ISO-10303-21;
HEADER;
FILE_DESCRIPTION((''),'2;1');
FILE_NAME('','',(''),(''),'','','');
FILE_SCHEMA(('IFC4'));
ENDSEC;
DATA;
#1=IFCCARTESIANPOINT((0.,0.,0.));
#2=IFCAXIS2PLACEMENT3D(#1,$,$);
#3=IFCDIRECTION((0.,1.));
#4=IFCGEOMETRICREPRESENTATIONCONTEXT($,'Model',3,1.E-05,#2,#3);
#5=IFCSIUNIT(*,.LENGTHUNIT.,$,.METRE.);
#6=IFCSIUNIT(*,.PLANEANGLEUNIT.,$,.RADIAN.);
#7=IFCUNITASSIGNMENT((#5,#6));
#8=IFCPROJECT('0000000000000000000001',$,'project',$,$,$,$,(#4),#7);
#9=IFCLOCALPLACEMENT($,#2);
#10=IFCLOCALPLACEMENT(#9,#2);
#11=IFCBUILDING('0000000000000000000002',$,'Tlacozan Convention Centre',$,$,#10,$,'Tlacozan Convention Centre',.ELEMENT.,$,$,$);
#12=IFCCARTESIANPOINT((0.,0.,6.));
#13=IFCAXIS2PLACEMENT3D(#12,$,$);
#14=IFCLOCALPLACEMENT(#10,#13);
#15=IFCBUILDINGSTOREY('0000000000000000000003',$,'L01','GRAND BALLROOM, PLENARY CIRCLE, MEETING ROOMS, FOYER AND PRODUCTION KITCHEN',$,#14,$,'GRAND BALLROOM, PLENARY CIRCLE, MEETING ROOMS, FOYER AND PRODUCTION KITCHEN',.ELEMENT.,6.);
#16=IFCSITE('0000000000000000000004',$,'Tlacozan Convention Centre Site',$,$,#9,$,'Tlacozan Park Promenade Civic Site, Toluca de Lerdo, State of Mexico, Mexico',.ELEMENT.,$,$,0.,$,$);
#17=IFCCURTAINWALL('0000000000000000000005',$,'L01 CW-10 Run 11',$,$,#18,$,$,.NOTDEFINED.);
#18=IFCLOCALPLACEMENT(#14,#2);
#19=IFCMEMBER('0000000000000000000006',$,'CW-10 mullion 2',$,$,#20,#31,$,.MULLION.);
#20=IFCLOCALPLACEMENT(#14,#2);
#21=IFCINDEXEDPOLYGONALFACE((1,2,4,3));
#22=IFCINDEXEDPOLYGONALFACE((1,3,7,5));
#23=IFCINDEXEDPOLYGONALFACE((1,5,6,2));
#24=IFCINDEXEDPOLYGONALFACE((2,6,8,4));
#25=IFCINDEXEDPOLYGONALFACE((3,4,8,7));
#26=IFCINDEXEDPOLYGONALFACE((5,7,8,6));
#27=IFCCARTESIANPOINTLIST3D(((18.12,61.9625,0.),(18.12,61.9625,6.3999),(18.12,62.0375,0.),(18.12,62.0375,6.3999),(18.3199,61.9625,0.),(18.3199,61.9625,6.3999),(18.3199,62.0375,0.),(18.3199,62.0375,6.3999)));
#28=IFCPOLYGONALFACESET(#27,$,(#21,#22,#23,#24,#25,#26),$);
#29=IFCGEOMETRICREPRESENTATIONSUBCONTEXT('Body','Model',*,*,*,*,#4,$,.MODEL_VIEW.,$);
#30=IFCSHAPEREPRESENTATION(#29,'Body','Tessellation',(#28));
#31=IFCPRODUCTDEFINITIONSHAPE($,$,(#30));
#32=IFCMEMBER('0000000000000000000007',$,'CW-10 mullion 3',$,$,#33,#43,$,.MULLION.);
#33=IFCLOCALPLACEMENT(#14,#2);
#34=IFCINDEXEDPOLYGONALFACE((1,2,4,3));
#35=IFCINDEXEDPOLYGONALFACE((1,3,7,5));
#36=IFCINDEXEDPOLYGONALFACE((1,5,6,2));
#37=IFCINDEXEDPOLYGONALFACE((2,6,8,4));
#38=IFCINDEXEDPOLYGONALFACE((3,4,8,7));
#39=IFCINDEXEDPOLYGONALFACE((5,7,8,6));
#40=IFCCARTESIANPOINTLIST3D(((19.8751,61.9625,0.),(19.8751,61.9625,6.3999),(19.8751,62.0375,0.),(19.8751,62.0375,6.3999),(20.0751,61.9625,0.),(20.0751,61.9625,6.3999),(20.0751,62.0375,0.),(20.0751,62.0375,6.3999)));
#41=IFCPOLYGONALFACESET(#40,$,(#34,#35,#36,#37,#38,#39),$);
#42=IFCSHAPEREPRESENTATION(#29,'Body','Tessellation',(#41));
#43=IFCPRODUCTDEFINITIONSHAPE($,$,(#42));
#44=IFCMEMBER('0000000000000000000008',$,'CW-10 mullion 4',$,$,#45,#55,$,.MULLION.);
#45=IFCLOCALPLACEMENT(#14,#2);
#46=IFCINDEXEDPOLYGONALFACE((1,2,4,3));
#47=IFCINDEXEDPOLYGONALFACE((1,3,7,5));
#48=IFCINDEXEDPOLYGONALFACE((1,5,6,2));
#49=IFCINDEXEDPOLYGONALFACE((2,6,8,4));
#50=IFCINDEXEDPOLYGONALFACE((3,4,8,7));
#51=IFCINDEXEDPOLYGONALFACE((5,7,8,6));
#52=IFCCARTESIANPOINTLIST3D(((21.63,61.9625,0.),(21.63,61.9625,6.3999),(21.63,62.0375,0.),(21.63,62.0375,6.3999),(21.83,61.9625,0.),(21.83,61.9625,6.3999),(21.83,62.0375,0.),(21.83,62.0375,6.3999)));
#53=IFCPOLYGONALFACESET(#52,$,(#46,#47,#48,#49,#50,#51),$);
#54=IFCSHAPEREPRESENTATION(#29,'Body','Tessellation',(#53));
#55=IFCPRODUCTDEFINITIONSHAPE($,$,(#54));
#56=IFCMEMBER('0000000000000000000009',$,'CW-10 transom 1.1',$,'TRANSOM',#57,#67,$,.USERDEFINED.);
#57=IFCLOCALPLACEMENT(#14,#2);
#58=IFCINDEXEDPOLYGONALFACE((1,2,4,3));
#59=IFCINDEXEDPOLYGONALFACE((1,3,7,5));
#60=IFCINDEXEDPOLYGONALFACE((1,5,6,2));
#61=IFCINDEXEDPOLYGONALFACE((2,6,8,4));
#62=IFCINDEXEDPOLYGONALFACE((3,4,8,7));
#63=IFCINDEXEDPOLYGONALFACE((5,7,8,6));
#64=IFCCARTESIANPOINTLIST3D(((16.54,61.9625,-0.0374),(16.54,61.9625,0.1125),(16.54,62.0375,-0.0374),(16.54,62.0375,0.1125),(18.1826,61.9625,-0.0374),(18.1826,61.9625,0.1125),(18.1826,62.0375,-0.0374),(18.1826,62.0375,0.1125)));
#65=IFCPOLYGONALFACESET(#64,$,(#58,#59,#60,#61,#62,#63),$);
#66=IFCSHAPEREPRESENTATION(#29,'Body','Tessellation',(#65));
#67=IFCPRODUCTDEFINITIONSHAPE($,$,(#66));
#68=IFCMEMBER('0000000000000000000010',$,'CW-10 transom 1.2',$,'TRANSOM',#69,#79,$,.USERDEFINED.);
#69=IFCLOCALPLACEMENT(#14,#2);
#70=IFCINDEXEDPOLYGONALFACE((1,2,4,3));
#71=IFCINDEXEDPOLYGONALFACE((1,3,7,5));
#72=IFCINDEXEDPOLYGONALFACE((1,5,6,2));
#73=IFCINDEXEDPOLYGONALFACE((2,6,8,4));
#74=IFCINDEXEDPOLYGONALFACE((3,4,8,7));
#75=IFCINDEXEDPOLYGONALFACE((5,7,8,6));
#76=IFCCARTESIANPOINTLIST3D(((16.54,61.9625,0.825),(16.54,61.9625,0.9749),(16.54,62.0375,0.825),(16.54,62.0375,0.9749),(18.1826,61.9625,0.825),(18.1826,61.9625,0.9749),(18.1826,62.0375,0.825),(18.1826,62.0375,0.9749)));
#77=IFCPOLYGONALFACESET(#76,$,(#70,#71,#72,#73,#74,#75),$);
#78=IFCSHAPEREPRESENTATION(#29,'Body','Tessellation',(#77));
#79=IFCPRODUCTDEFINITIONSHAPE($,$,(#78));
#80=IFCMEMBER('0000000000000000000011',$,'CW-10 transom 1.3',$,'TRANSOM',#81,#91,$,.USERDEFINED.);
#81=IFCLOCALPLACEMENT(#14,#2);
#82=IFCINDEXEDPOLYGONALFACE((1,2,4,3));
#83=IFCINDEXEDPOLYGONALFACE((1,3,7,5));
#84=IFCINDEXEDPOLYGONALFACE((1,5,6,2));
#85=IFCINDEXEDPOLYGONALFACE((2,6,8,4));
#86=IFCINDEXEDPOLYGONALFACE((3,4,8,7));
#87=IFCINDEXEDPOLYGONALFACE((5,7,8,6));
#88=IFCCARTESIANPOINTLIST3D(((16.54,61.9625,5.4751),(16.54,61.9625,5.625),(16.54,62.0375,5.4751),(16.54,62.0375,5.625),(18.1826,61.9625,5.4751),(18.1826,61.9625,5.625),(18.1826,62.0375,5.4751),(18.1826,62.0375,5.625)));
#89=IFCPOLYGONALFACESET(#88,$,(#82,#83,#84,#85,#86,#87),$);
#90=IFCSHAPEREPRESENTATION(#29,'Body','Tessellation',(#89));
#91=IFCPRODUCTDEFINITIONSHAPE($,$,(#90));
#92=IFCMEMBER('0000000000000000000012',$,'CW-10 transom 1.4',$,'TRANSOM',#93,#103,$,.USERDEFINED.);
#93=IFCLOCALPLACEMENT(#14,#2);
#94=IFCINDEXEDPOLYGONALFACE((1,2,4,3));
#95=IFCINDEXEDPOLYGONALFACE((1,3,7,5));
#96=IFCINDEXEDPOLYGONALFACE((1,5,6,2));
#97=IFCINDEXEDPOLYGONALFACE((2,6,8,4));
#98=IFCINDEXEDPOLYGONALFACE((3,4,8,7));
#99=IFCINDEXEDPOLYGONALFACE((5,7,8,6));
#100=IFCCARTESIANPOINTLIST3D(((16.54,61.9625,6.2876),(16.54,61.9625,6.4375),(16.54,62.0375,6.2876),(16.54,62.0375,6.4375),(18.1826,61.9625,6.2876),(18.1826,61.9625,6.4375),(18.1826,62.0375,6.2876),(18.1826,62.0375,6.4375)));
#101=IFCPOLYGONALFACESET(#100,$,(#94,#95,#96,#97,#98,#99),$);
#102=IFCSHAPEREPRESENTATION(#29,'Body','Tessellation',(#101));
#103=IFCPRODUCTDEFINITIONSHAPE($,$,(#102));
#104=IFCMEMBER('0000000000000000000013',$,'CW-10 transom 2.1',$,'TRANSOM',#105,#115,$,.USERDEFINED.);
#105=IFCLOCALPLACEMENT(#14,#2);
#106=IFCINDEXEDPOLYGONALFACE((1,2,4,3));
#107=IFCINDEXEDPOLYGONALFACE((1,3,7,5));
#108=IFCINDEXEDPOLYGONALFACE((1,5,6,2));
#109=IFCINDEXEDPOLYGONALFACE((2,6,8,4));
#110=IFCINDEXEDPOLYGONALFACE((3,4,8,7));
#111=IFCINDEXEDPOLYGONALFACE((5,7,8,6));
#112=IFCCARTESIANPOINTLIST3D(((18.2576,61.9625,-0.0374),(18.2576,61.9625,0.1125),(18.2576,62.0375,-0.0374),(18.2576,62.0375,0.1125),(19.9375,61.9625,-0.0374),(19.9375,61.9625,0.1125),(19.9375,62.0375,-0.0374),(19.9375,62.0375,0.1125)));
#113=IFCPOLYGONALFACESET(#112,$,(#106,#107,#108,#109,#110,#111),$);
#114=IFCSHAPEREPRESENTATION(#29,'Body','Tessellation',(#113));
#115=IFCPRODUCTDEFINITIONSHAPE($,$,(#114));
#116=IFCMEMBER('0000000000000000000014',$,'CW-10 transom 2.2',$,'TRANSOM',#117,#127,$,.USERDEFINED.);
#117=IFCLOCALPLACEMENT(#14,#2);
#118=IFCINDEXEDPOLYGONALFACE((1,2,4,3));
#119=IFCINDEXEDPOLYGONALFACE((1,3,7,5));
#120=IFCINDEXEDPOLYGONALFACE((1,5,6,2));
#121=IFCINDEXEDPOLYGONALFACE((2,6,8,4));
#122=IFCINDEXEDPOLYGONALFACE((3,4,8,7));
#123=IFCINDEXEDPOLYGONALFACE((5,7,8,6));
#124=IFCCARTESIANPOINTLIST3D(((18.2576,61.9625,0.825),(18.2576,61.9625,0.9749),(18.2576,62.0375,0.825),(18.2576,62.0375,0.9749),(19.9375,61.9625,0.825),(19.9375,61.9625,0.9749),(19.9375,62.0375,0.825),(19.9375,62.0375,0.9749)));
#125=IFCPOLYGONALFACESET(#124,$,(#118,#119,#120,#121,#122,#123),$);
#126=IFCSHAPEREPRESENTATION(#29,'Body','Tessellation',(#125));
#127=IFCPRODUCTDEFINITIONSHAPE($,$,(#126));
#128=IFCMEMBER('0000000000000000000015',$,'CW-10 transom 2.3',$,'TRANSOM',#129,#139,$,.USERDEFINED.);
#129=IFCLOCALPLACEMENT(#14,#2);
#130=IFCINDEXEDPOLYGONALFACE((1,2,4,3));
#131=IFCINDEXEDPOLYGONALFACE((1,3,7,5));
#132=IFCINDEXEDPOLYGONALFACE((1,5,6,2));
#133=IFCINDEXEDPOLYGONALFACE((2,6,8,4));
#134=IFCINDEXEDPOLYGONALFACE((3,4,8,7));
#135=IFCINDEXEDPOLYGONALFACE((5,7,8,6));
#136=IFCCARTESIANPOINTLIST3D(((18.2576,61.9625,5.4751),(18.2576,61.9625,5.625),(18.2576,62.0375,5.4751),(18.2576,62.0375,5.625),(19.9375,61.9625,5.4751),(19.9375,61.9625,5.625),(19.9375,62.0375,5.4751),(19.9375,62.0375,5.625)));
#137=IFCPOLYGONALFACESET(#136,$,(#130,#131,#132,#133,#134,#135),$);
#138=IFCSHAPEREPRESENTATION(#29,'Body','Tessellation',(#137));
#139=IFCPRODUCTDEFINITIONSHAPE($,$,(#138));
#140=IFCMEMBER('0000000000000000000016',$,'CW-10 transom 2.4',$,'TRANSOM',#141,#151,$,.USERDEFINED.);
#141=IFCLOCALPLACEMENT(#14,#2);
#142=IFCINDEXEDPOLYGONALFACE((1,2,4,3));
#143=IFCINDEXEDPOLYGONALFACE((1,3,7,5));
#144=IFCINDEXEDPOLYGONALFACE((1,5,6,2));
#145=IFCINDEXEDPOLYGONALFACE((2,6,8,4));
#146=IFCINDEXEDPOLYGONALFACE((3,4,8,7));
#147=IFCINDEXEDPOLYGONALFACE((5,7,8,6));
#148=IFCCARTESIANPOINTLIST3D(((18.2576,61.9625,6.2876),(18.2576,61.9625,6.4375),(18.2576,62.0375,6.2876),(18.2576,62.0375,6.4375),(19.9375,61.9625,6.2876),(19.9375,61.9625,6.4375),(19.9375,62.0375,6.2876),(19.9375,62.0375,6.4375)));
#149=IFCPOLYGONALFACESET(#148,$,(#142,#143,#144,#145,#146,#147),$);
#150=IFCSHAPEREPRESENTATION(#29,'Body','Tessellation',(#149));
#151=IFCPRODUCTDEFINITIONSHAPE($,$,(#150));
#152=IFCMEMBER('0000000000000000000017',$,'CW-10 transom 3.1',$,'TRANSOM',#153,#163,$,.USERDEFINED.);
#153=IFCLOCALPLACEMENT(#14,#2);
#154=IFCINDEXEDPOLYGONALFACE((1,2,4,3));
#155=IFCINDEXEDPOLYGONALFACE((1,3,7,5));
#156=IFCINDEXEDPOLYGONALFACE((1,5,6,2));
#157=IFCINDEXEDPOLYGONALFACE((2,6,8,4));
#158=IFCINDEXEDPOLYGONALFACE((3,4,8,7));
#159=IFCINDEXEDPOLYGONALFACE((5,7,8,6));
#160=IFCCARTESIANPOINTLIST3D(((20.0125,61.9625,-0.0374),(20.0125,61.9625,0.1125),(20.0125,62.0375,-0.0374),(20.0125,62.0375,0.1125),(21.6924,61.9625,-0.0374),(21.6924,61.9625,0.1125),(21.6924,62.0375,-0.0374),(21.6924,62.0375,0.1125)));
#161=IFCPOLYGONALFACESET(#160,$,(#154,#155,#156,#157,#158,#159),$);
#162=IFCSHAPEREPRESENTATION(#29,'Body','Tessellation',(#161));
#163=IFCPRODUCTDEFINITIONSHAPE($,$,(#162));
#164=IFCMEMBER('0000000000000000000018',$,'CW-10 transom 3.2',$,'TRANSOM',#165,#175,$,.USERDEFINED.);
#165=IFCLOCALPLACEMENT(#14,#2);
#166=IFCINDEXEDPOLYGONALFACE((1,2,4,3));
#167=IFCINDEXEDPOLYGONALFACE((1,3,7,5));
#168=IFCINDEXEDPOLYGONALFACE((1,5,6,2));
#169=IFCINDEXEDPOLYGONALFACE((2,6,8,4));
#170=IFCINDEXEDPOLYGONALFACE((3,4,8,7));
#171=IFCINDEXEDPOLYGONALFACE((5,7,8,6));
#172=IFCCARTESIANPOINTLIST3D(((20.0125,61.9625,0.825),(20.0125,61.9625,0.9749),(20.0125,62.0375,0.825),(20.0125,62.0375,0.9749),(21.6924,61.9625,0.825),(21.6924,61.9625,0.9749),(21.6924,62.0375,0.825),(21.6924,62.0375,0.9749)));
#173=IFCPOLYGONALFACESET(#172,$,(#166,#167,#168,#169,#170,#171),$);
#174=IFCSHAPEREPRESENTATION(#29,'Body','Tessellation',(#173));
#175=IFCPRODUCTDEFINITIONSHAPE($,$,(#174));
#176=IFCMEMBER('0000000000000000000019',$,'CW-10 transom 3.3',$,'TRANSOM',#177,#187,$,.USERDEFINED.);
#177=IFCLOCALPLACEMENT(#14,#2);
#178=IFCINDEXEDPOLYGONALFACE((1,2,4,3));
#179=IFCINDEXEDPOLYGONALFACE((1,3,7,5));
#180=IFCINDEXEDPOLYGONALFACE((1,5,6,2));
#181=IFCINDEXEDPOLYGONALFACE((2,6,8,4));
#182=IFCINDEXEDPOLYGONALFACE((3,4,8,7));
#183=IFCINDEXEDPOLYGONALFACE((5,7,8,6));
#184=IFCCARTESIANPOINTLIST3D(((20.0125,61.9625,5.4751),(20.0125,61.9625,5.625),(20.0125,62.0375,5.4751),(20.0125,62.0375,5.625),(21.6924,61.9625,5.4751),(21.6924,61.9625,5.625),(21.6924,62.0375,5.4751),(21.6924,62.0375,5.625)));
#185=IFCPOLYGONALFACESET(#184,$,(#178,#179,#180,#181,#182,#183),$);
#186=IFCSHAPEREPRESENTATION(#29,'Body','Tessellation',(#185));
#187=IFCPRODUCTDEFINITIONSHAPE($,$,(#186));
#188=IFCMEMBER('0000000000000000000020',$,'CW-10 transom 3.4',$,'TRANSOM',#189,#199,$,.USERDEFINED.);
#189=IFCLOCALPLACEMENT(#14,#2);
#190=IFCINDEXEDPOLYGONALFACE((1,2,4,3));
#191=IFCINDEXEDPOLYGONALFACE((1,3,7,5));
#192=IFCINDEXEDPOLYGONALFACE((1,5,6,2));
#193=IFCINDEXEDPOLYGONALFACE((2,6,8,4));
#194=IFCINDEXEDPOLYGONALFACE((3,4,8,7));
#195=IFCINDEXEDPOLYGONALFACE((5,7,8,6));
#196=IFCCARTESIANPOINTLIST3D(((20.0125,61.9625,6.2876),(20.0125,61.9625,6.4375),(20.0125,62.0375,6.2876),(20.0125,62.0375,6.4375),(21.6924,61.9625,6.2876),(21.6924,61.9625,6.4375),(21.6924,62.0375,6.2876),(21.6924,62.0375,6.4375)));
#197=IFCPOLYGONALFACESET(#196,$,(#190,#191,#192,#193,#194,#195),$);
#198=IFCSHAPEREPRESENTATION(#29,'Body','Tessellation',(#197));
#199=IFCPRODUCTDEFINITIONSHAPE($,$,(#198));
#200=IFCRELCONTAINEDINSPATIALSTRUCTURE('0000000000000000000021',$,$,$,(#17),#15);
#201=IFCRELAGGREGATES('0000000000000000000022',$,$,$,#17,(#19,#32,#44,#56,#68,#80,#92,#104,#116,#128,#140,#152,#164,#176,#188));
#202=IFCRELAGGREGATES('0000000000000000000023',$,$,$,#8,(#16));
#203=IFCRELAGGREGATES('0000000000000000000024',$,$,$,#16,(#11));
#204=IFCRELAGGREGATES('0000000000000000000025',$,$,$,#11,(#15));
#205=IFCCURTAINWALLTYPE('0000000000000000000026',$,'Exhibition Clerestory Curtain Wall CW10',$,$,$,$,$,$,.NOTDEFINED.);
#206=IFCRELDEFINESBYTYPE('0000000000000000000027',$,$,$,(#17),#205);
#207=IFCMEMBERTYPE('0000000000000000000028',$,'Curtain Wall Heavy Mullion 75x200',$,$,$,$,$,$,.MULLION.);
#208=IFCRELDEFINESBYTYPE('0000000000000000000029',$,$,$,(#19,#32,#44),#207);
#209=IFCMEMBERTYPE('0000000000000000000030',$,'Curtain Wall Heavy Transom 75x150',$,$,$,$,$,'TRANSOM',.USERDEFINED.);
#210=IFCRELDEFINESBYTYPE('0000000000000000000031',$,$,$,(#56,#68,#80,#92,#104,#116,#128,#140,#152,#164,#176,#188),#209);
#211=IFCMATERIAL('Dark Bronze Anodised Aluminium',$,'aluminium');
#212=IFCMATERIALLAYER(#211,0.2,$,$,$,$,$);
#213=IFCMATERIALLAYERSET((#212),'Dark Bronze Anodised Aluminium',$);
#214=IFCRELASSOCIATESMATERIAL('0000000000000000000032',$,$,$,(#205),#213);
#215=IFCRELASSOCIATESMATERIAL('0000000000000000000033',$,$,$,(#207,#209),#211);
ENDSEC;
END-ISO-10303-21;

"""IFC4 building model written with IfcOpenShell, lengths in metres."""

from ifc_helpers import new_model, si_unit, direction, frame, origin, origin_2d, place, context, subcontext, project, spatial, rectangle, extrude, material, layer, layer_set, material_profile, profile_set, type_object, element, aggregate, save


model = new_model("IFC4")

# Units and contexts
model_context = context("Model", 3, precision=1e-05, world=origin(), true_north=direction((0.0, 1.0)))
body_context = subcontext(model_context, "Body", "Model", "MODEL_VIEW")
ifc_project = project(units=[si_unit("LENGTHUNIT", "METRE"), si_unit("PLANEANGLEUNIT", "RADIAN")], contexts=[model_context])

# Site, building, storey
site_placement = place(None, origin())
site = spatial("IfcSite", under=ifc_project, at=site_placement, Name="Tlacozan Convention Centre Site", LongName="Tlacozan Park Promenade Civic Site, Toluca de Lerdo, State of Mexico, Mexico", CompositionType="ELEMENT", RefElevation=0.0)
building_placement = place(site_placement, origin())
building = spatial("IfcBuilding", under=site, at=building_placement, Name="Tlacozan Convention Centre", LongName="Tlacozan Convention Centre", CompositionType="ELEMENT")
storey_placement = place(building_placement, frame((0.0, 0.0, 6.0)))
storey = spatial("IfcBuildingStorey", under=building, at=storey_placement, Name="L01", Description="GRAND BALLROOM, PLENARY CIRCLE, MEETING ROOMS, FOYER AND PRODUCTION KITCHEN", LongName="GRAND BALLROOM, PLENARY CIRCLE, MEETING ROOMS, FOYER AND PRODUCTION KITCHEN", CompositionType="ELEMENT", Elevation=6.0)

# Curtain wall, members
ifc_material_1 = material(Name="Dark Bronze Anodised Aluminium", Category="aluminium")
ifc_layer_1 = layer(ifc_material_1, 0.2)
ifc_layer_set_1 = layer_set([ifc_layer_1], Name="Dark Bronze Anodised Aluminium")
curtain_wall_type = type_object("IfcCurtainWallType", Name="Exhibition Clerestory Curtain Wall CW10", PredefinedType="NOTDEFINED", material=ifc_layer_set_1)
curtain_wall_placement = place(storey_placement, origin())
curtain_wall = element("IfcCurtainWall", 1, at=curtain_wall_placement, inside=storey, type_object=curtain_wall_type, Name="L01 CW-10 Run 11", PredefinedType="NOTDEFINED")
ifc_material_profile_1 = material_profile(ifc_material_1, rectangle(XDim=0.075, YDim=0.2, at=origin_2d()), Name="ALU 75x200")
ifc_profile_set_1 = profile_set([ifc_material_profile_1], Name="Dark Bronze Anodised Aluminium")
member_type_1 = type_object("IfcMemberType", Name="Curtain Wall Heavy Mullion 75x200", PredefinedType="MULLION", material=ifc_profile_set_1)
member_1_placement = place(storey_placement, frame((18.22, 62.0, 0.0), z_axis=(0.0, 0.0, 1.0), x_axis=(0.0, 1.0, 0.0)))
member_1 = element("IfcMember", 2, at=member_1_placement, type_object=member_type_1, Name="CW-10 mullion 2", PredefinedType="MULLION", context=body_context, shape_type="SweptSolid", body=[
    extrude(rectangle(XDim=0.075, YDim=0.2, at=origin_2d()), origin(), (0.0, 0.0, 1.0), 6.3999),
])
member_2_placement = place(storey_placement, frame((19.9751, 62.0, 0.0), z_axis=(0.0, 0.0, 1.0), x_axis=(0.0, 1.0, 0.0)))
member_2 = element("IfcMember", 3, at=member_2_placement, type_object=member_type_1, Name="CW-10 mullion 3", PredefinedType="MULLION", context=body_context, shape_type="SweptSolid", body=[
    extrude(rectangle(XDim=0.075, YDim=0.2, at=origin_2d()), origin(), (0.0, 0.0, 1.0), 6.3999),
])
member_3_placement = place(storey_placement, frame((21.73, 62.0, 0.0), z_axis=(0.0, 0.0, 1.0), x_axis=(0.0, 1.0, 0.0)))
member_3 = element("IfcMember", 4, at=member_3_placement, type_object=member_type_1, Name="CW-10 mullion 4", PredefinedType="MULLION", context=body_context, shape_type="SweptSolid", body=[
    extrude(rectangle(XDim=0.075, YDim=0.2, at=origin_2d()), origin(), (0.0, 0.0, 1.0), 6.3999),
])
ifc_material_profile_2 = material_profile(ifc_material_1, rectangle(XDim=0.075, YDim=0.1499, at=origin_2d()), Name="ALU 75x150")
ifc_profile_set_2 = profile_set([ifc_material_profile_2], Name="Dark Bronze Anodised Aluminium")
member_type_2 = type_object("IfcMemberType", Name="Curtain Wall Heavy Transom 75x150", ElementType="TRANSOM", PredefinedType="USERDEFINED", material=ifc_profile_set_2)
member_4_placement = place(storey_placement, frame((16.54, 62.0, 0.0376), z_axis=(1.0, 0.0, 0.0), x_axis=(0.0, 1.0, 0.0)))
member_4 = element("IfcMember", 5, at=member_4_placement, type_object=member_type_2, Name="CW-10 transom 1.1", ObjectType="TRANSOM", PredefinedType="USERDEFINED", context=body_context, shape_type="SweptSolid", body=[
    extrude(rectangle(XDim=0.075, YDim=0.1499, at=origin_2d()), origin(), (0.0, 0.0, 1.0), 1.6426),
])
member_5_placement = place(storey_placement, frame((16.54, 62.0, 0.8999), z_axis=(1.0, 0.0, 0.0), x_axis=(0.0, 1.0, 0.0)))
member_5 = element("IfcMember", 6, at=member_5_placement, type_object=member_type_2, Name="CW-10 transom 1.2", ObjectType="TRANSOM", PredefinedType="USERDEFINED", context=body_context, shape_type="SweptSolid", body=[
    extrude(rectangle(XDim=0.075, YDim=0.1499, at=origin_2d()), origin(), (0.0, 0.0, 1.0), 1.6426),
])
member_6_placement = place(storey_placement, frame((16.54, 62.0, 5.55), z_axis=(1.0, 0.0, 0.0), x_axis=(0.0, 1.0, 0.0)))
member_6 = element("IfcMember", 7, at=member_6_placement, type_object=member_type_2, Name="CW-10 transom 1.3", ObjectType="TRANSOM", PredefinedType="USERDEFINED", context=body_context, shape_type="SweptSolid", body=[
    extrude(rectangle(XDim=0.075, YDim=0.1499, at=origin_2d()), origin(), (0.0, 0.0, 1.0), 1.6426),
])
member_7_placement = place(storey_placement, frame((16.54, 62.0, 6.3625), z_axis=(1.0, 0.0, 0.0), x_axis=(0.0, 1.0, 0.0)))
member_7 = element("IfcMember", 8, at=member_7_placement, type_object=member_type_2, Name="CW-10 transom 1.4", ObjectType="TRANSOM", PredefinedType="USERDEFINED", context=body_context, shape_type="SweptSolid", body=[
    extrude(rectangle(XDim=0.075, YDim=0.1499, at=origin_2d()), origin(), (0.0, 0.0, 1.0), 1.6426),
])
member_8_placement = place(storey_placement, frame((18.2576, 62.0, 0.0376), z_axis=(1.0, 0.0, 0.0), x_axis=(0.0, 1.0, 0.0)))
member_8 = element("IfcMember", 9, at=member_8_placement, type_object=member_type_2, Name="CW-10 transom 2.1", ObjectType="TRANSOM", PredefinedType="USERDEFINED", context=body_context, shape_type="SweptSolid", body=[
    extrude(rectangle(XDim=0.075, YDim=0.1499, at=origin_2d()), origin(), (0.0, 0.0, 1.0), 1.6799),
])
member_9_placement = place(storey_placement, frame((18.2576, 62.0, 0.8999), z_axis=(1.0, 0.0, 0.0), x_axis=(0.0, 1.0, 0.0)))
member_9 = element("IfcMember", 10, at=member_9_placement, type_object=member_type_2, Name="CW-10 transom 2.2", ObjectType="TRANSOM", PredefinedType="USERDEFINED", context=body_context, shape_type="SweptSolid", body=[
    extrude(rectangle(XDim=0.075, YDim=0.1499, at=origin_2d()), origin(), (0.0, 0.0, 1.0), 1.6799),
])
member_10_placement = place(storey_placement, frame((18.2576, 62.0, 5.55), z_axis=(1.0, 0.0, 0.0), x_axis=(0.0, 1.0, 0.0)))
member_10 = element("IfcMember", 11, at=member_10_placement, type_object=member_type_2, Name="CW-10 transom 2.3", ObjectType="TRANSOM", PredefinedType="USERDEFINED", context=body_context, shape_type="SweptSolid", body=[
    extrude(rectangle(XDim=0.075, YDim=0.1499, at=origin_2d()), origin(), (0.0, 0.0, 1.0), 1.6799),
])
member_11_placement = place(storey_placement, frame((18.2576, 62.0, 6.3625), z_axis=(1.0, 0.0, 0.0), x_axis=(0.0, 1.0, 0.0)))
member_11 = element("IfcMember", 12, at=member_11_placement, type_object=member_type_2, Name="CW-10 transom 2.4", ObjectType="TRANSOM", PredefinedType="USERDEFINED", context=body_context, shape_type="SweptSolid", body=[
    extrude(rectangle(XDim=0.075, YDim=0.1499, at=origin_2d()), origin(), (0.0, 0.0, 1.0), 1.6799),
])
member_12_placement = place(storey_placement, frame((20.0125, 62.0, 0.0376), z_axis=(1.0, 0.0, 0.0), x_axis=(0.0, 1.0, 0.0)))
member_12 = element("IfcMember", 13, at=member_12_placement, type_object=member_type_2, Name="CW-10 transom 3.1", ObjectType="TRANSOM", PredefinedType="USERDEFINED", context=body_context, shape_type="SweptSolid", body=[
    extrude(rectangle(XDim=0.075, YDim=0.1499, at=origin_2d()), origin(), (0.0, 0.0, 1.0), 1.6799),
])
member_13_placement = place(storey_placement, frame((20.0125, 62.0, 0.8999), z_axis=(1.0, 0.0, 0.0), x_axis=(0.0, 1.0, 0.0)))
member_13 = element("IfcMember", 14, at=member_13_placement, type_object=member_type_2, Name="CW-10 transom 3.2", ObjectType="TRANSOM", PredefinedType="USERDEFINED", context=body_context, shape_type="SweptSolid", body=[
    extrude(rectangle(XDim=0.075, YDim=0.1499, at=origin_2d()), origin(), (0.0, 0.0, 1.0), 1.6799),
])
member_14_placement = place(storey_placement, frame((20.0125, 62.0, 5.55), z_axis=(1.0, 0.0, 0.0), x_axis=(0.0, 1.0, 0.0)))
member_14 = element("IfcMember", 15, at=member_14_placement, type_object=member_type_2, Name="CW-10 transom 3.3", ObjectType="TRANSOM", PredefinedType="USERDEFINED", context=body_context, shape_type="SweptSolid", body=[
    extrude(rectangle(XDim=0.075, YDim=0.1499, at=origin_2d()), origin(), (0.0, 0.0, 1.0), 1.6799),
])
member_15_placement = place(storey_placement, frame((20.0125, 62.0, 6.3625), z_axis=(1.0, 0.0, 0.0), x_axis=(0.0, 1.0, 0.0)))
member_15 = element("IfcMember", 16, at=member_15_placement, type_object=member_type_2, Name="CW-10 transom 3.4", ObjectType="TRANSOM", PredefinedType="USERDEFINED", context=body_context, shape_type="SweptSolid", body=[
    extrude(rectangle(XDim=0.075, YDim=0.1499, at=origin_2d()), origin(), (0.0, 0.0, 1.0), 1.6799),
])
aggregate(curtain_wall, [member_1, member_2, member_3, member_4, member_5, member_6, member_7, member_8, member_9, member_10, member_11, member_12, member_13, member_14, member_15])

save(model, "model.ifc")
